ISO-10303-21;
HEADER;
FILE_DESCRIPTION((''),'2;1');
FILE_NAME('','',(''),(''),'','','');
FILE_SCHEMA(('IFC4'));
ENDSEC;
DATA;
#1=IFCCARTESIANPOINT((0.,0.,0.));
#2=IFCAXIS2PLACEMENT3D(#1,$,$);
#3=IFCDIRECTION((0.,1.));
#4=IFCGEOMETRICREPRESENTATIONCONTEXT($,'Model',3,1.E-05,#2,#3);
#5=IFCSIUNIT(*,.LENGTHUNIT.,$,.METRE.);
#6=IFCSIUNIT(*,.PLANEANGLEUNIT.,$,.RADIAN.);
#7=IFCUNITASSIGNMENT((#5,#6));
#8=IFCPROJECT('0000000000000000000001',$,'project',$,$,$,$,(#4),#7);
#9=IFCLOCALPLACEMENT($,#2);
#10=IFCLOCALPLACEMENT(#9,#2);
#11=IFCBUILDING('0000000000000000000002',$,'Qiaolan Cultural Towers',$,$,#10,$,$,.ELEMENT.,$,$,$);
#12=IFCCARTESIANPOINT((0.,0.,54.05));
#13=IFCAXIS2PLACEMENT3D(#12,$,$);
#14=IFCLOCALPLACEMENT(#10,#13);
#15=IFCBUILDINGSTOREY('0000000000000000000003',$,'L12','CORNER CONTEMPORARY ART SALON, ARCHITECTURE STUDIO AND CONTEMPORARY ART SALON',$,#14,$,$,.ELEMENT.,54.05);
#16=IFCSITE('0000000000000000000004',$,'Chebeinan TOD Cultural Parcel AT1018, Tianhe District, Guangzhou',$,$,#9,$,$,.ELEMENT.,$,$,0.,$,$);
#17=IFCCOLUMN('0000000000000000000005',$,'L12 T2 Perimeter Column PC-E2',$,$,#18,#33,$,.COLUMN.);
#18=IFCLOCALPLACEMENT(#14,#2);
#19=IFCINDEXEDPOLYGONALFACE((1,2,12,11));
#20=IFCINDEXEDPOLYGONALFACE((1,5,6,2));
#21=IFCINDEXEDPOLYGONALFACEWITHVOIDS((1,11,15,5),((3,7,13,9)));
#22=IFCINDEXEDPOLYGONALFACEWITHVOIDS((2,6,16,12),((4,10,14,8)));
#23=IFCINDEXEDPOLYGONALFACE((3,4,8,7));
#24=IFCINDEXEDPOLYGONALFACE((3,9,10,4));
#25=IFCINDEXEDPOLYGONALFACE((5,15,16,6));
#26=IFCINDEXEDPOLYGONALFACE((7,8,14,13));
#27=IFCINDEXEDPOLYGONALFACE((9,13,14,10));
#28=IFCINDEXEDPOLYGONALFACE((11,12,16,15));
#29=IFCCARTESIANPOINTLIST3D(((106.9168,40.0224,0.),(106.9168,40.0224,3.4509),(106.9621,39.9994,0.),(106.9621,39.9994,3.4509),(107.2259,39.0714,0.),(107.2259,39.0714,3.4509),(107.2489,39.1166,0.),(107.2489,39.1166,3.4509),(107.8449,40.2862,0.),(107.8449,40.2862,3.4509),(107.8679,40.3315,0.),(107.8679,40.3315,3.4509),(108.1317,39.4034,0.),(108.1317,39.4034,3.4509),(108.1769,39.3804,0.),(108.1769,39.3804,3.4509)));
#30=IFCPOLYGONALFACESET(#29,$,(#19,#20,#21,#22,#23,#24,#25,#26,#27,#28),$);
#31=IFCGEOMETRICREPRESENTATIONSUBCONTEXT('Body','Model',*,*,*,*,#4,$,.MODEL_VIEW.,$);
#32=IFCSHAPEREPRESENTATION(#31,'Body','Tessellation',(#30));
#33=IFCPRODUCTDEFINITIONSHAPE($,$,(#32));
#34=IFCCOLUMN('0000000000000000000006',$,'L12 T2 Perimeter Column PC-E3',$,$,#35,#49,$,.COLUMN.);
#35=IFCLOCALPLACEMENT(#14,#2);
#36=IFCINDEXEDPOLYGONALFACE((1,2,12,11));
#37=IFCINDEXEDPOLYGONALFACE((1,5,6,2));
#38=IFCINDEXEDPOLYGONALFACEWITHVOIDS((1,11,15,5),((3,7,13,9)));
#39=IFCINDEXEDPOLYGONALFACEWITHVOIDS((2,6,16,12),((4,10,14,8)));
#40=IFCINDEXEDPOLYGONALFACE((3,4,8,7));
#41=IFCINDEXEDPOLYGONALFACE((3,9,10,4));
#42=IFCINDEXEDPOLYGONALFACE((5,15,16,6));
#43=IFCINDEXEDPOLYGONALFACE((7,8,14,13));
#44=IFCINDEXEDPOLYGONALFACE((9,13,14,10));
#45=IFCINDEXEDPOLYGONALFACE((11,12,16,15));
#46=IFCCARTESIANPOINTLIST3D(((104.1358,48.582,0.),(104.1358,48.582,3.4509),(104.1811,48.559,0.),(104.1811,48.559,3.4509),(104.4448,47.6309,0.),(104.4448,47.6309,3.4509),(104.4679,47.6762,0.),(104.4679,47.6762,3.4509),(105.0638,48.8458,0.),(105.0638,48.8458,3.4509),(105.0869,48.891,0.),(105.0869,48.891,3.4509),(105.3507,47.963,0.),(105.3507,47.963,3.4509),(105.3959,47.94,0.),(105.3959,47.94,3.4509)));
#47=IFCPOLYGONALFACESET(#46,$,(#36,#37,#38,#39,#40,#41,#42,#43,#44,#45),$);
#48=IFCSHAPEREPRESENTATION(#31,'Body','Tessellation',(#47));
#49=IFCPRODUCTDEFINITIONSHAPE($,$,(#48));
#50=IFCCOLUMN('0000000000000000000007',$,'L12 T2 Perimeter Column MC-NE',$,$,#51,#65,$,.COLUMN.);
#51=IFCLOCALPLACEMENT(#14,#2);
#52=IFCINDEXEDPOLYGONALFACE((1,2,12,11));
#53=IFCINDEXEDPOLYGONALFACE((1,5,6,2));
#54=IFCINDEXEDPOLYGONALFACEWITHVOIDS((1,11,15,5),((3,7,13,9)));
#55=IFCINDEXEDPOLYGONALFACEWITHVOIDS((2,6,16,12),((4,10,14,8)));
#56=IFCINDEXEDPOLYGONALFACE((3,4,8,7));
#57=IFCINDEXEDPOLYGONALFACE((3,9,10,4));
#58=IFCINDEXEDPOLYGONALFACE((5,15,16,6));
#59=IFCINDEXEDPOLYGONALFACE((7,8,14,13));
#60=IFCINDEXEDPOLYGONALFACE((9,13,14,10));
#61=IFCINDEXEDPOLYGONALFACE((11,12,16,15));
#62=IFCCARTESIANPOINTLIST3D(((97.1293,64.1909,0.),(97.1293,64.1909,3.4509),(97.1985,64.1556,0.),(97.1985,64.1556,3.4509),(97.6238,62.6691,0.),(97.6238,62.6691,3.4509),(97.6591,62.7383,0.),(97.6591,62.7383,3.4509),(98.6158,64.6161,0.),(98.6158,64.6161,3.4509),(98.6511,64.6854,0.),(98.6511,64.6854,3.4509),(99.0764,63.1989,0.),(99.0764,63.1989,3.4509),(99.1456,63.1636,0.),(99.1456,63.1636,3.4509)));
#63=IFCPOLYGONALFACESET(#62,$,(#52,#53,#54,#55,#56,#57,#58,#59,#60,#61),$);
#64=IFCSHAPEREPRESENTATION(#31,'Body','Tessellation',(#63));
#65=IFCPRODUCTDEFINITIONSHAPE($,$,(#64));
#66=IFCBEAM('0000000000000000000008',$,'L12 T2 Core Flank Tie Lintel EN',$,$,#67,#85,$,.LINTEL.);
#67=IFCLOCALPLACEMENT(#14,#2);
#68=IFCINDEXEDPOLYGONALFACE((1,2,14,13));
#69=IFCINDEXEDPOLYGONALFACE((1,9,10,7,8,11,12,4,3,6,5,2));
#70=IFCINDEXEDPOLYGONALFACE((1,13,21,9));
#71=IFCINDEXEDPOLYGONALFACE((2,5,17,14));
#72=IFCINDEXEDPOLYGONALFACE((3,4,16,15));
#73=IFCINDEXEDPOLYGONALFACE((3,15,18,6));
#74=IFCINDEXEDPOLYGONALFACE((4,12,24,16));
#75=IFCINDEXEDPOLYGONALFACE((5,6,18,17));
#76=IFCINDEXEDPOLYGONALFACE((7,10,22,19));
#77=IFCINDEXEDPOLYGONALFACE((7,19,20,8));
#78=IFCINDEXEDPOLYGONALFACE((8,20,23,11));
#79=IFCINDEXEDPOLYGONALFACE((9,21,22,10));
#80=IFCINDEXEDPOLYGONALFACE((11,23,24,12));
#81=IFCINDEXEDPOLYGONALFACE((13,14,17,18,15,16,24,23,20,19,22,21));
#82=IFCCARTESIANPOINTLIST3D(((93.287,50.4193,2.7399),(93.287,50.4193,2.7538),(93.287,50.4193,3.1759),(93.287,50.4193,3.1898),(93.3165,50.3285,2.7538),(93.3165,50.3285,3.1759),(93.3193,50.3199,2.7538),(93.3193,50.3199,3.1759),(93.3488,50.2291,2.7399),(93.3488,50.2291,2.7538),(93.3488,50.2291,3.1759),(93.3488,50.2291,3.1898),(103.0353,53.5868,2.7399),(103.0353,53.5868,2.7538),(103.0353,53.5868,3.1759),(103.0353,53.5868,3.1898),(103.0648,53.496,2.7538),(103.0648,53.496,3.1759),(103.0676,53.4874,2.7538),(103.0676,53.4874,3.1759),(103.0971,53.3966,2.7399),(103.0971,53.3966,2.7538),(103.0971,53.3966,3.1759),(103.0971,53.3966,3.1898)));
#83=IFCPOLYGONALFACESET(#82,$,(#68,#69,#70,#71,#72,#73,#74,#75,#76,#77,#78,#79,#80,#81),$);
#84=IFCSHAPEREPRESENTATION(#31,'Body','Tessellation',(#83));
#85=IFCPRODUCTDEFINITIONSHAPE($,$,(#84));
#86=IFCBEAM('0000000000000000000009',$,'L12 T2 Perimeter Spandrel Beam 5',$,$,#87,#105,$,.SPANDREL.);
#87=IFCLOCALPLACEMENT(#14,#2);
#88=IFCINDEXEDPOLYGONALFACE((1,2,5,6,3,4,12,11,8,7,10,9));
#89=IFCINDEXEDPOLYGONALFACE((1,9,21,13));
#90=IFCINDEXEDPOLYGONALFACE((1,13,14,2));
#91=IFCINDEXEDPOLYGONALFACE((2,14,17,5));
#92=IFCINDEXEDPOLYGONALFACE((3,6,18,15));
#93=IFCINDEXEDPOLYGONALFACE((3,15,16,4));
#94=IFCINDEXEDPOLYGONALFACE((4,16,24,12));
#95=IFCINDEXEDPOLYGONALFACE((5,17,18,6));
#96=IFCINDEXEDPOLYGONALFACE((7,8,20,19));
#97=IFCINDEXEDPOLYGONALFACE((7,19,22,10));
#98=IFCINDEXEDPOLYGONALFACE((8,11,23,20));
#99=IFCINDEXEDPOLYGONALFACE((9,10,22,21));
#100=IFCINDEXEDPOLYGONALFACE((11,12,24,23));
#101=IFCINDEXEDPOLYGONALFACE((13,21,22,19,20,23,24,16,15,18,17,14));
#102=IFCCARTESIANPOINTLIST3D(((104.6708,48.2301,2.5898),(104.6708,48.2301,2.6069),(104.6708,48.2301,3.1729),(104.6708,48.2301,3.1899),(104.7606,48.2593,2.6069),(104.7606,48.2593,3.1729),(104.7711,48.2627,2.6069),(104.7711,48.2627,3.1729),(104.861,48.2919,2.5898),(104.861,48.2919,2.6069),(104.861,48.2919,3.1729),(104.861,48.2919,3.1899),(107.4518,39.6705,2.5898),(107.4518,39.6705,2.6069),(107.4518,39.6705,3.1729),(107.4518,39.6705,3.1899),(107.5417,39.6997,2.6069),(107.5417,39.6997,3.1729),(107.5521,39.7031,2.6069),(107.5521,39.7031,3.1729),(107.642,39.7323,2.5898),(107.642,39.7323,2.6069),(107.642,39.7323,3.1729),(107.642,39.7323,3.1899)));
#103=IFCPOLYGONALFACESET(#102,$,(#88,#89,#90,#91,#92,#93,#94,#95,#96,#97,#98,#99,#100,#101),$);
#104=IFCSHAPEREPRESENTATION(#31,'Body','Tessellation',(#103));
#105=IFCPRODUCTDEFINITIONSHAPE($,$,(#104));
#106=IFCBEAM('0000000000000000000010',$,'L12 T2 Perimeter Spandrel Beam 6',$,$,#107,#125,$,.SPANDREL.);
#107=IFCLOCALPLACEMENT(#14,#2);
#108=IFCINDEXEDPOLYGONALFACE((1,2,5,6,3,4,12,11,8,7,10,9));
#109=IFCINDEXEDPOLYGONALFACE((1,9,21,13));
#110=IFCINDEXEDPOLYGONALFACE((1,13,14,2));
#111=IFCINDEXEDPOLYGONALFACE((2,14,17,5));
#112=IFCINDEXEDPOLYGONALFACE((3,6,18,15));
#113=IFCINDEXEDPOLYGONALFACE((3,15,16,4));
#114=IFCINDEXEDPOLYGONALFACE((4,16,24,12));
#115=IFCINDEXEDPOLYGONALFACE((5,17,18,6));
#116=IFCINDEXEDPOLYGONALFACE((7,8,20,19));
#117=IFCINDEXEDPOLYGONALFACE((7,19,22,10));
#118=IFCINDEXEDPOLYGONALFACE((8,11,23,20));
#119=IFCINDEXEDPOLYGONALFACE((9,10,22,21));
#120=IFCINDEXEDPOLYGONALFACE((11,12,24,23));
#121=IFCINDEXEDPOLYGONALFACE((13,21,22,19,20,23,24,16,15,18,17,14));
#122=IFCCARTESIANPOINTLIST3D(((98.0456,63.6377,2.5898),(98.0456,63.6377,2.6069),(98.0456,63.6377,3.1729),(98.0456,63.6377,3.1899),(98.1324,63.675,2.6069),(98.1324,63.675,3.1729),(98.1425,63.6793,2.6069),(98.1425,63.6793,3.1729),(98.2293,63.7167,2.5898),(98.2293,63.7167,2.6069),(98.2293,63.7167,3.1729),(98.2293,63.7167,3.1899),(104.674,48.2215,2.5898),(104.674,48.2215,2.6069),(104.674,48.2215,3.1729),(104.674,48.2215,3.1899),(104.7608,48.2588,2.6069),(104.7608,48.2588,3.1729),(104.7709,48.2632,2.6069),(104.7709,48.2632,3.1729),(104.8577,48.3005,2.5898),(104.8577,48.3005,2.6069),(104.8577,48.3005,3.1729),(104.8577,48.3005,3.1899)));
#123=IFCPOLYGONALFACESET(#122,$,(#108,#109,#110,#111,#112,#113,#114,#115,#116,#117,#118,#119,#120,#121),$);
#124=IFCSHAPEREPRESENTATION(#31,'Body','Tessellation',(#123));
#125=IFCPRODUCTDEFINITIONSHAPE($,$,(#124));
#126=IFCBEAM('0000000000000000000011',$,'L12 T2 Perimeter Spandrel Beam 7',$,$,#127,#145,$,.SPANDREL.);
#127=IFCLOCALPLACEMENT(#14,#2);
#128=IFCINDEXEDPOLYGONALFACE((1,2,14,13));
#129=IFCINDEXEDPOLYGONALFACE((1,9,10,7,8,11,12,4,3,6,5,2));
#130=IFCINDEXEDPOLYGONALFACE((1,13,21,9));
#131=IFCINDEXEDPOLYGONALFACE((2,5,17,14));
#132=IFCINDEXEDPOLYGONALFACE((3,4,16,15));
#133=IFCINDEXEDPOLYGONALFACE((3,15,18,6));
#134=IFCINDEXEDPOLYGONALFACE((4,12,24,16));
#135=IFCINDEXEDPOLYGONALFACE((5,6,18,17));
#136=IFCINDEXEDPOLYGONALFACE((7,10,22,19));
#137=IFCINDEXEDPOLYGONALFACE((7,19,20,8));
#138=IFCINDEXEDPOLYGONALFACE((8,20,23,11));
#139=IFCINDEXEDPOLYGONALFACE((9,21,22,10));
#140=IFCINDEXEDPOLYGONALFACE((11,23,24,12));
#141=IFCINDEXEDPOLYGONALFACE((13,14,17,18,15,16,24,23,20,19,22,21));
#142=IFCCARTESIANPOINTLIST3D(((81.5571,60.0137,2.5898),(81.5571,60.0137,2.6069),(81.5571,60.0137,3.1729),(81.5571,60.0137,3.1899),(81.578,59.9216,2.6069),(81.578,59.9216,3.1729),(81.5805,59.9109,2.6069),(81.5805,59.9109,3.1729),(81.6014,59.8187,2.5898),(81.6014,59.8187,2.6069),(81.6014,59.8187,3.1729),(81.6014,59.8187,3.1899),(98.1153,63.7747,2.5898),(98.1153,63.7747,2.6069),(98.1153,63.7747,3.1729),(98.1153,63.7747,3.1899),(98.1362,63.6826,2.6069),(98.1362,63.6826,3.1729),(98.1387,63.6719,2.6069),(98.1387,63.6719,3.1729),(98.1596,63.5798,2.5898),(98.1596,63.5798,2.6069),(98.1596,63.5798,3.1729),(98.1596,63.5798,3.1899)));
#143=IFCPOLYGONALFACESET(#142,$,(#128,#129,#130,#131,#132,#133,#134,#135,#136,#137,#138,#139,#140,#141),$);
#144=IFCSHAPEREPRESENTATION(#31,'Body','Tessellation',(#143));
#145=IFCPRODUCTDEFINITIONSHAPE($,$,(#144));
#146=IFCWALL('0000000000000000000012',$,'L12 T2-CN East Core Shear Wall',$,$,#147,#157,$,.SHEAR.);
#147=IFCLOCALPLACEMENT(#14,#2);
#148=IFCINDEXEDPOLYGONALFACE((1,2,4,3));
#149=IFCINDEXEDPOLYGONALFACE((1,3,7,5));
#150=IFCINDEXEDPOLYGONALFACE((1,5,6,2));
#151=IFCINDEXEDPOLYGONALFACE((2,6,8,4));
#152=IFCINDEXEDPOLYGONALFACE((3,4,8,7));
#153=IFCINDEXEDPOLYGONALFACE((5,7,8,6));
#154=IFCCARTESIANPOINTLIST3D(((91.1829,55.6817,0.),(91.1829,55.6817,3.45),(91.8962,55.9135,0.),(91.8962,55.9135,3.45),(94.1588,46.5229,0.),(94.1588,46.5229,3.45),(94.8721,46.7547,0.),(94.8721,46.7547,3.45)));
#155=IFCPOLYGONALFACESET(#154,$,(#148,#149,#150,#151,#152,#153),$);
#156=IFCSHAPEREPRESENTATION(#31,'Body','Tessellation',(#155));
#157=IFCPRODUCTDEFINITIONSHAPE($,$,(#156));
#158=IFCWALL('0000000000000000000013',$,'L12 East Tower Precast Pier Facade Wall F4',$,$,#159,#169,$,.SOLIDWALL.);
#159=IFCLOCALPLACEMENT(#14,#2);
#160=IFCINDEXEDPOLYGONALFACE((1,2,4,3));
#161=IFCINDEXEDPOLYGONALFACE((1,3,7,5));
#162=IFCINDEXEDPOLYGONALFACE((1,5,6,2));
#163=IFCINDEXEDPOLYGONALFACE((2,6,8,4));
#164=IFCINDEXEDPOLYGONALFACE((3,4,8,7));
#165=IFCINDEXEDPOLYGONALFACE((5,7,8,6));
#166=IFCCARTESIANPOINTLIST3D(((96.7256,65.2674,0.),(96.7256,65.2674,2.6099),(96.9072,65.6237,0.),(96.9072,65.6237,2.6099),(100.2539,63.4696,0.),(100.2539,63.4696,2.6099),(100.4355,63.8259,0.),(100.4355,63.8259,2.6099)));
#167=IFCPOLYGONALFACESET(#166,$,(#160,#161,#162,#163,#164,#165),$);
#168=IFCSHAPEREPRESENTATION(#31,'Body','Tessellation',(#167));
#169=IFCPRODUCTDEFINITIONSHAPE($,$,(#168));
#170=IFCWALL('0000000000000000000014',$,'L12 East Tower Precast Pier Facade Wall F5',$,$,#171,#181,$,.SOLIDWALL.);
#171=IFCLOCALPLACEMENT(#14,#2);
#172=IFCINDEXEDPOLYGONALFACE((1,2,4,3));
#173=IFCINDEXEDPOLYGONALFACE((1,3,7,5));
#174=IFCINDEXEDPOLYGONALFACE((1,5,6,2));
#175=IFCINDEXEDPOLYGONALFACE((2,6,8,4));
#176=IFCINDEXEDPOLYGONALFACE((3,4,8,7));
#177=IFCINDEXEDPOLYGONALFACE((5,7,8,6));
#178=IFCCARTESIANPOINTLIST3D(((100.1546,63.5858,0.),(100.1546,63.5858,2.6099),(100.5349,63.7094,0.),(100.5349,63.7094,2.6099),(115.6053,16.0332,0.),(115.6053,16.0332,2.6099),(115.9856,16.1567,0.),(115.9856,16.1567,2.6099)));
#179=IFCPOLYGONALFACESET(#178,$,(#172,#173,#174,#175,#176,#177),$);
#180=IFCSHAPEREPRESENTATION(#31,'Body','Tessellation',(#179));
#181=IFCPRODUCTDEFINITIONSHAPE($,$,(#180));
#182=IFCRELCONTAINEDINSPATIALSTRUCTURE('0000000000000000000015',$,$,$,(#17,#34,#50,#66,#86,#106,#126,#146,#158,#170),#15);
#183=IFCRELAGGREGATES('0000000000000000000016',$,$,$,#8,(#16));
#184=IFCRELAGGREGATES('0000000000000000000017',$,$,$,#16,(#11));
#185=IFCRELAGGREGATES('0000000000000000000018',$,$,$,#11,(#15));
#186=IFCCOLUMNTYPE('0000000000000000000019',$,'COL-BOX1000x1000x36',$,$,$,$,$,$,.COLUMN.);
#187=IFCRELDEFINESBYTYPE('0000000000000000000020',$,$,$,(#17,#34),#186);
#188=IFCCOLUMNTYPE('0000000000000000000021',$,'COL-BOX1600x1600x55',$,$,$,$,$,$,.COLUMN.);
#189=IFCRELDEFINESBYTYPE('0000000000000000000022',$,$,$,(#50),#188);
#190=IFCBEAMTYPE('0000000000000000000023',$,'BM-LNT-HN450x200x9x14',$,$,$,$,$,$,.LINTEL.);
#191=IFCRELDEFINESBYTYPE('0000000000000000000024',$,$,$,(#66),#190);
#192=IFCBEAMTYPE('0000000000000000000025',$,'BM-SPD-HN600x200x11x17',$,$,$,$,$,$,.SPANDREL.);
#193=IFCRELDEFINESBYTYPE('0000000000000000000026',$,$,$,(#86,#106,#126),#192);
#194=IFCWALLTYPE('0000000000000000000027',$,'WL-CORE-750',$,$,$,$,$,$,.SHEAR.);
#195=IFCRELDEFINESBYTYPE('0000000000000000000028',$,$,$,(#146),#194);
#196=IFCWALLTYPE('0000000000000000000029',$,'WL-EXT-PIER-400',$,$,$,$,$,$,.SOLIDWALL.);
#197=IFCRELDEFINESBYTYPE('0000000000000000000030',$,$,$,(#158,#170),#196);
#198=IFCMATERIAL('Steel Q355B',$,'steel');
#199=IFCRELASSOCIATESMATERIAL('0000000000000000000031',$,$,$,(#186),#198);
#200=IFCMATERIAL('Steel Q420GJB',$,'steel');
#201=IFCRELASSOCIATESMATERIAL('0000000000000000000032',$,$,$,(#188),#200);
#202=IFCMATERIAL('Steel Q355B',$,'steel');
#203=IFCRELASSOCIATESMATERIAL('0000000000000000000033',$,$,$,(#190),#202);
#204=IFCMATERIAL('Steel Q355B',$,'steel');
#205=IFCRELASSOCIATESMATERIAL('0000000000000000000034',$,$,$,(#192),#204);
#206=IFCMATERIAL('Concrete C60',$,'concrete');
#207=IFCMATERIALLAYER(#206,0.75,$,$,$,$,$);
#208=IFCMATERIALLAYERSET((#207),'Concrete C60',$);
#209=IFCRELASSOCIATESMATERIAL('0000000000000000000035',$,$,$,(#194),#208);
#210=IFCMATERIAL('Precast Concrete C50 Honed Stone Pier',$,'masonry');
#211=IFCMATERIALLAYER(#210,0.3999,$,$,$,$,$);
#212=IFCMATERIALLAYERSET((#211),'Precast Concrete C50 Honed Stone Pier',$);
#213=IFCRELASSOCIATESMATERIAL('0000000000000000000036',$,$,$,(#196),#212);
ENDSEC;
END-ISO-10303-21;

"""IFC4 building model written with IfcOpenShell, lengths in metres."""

from ifc_helpers import new_model, si_unit, direction, frame, frame_2d, origin, origin_2d, place, context, subcontext, project, spatial, rectangle, hollow_rectangle, i_section, extrude, material, layer, layer_set, material_profile, profile_set, type_object, element, save


model = new_model("IFC4")

# Units and contexts
model_context = context("Model", 3, precision=1e-05, world=origin(), true_north=direction((0.0, 1.0)))
body_context = subcontext(model_context, "Body", "Model", "MODEL_VIEW")
ifc_project = project(units=[si_unit("LENGTHUNIT", "METRE"), si_unit("PLANEANGLEUNIT", "RADIAN")], contexts=[model_context])

# Site, building, storey
site_placement = place(None, origin())
site = spatial("IfcSite", under=ifc_project, at=site_placement, Name="Chebeinan TOD Cultural Parcel AT1018, Tianhe District, Guangzhou", CompositionType="ELEMENT", RefElevation=0.0)
building_placement = place(site_placement, origin())
building = spatial("IfcBuilding", under=site, at=building_placement, Name="Qiaolan Cultural Towers", CompositionType="ELEMENT")
storey_placement = place(building_placement, frame((0.0, 0.0, 54.05)))
storey = spatial("IfcBuildingStorey", under=building, at=storey_placement, Name="L12", Description="CORNER CONTEMPORARY ART SALON, ARCHITECTURE STUDIO AND CONTEMPORARY ART SALON", CompositionType="ELEMENT", Elevation=54.05)

# Columns
ifc_material_1 = material(Name="Steel Q355B", Category="steel")
ifc_material_profile_1 = material_profile(ifc_material_1, hollow_rectangle(XDim=1.0, YDim=1.0, WallThickness=0.0359, at=origin_2d()), Name="BOX1000x1000x36")
ifc_profile_set_1 = profile_set([ifc_material_profile_1], Name="Steel Q355B")
column_type_1 = type_object("IfcColumnType", Name="COL-BOX1000x1000x36", PredefinedType="COLUMN", material=ifc_profile_set_1)
for number, where, z_axis, x_axis, name in (
    (1, (107.5469, 39.7014, 0.0), (0.0, 0.0, 1.0), (0.951057, 0.309017, 0.0), "L12 T2 Perimeter Column PC-E2"),
    (2, (104.7659, 48.261, 0.0), (0.0, 0.0, 1.0), (0.951057, 0.309017, 0.0), "L12 T2 Perimeter Column PC-E3"),
):
    element("IfcColumn", number, at=place(storey_placement, frame(where, z_axis=z_axis, x_axis=x_axis)), inside=storey, type_object=column_type_1, Name=name, PredefinedType="COLUMN", context=body_context, shape_type="SweptSolid", body=[
        extrude(hollow_rectangle(XDim=1.0, YDim=1.0, WallThickness=0.0359, at=origin_2d()), origin(), (0.0, 0.0, 1.0), 3.4509),
    ])
ifc_material_2 = material(Name="Steel Q420GJB", Category="steel")
ifc_material_profile_2 = material_profile(ifc_material_2, hollow_rectangle(XDim=1.6001, YDim=1.6001, WallThickness=0.0549, at=origin_2d()), Name="BOX1600x1600x55")
ifc_profile_set_2 = profile_set([ifc_material_profile_2], Name="Steel Q420GJB")
column_type_2 = type_object("IfcColumnType", Name="COL-BOX1600x1600x55", PredefinedType="COLUMN", material=ifc_profile_set_2)
column_placement = place(storey_placement, frame((98.1375, 63.6772, 0.0), z_axis=(0.0, 0.0, 1.0), x_axis=(0.951057, 0.309017, 0.0)))
element("IfcColumn", 3, at=column_placement, inside=storey, type_object=column_type_2, Name="L12 T2 Perimeter Column MC-NE", PredefinedType="COLUMN", context=body_context, shape_type="SweptSolid", body=[
    extrude(hollow_rectangle(XDim=1.6001, YDim=1.6001, WallThickness=0.0549, at=origin_2d()), origin(), (0.0, 0.0, 1.0), 3.4509),
])

# Beams
ifc_material_3 = material(Name="Steel Q355B", Category="steel")
ifc_material_profile_3 = material_profile(ifc_material_3, i_section(OverallWidth=0.2, OverallDepth=0.45, WebThickness=0.009, FlangeThickness=0.0139, at=origin_2d()), Name="HN450x200x9x14")
ifc_profile_set_3 = profile_set([ifc_material_profile_3], Name="Steel Q355B")
beam_type_1 = type_object("IfcBeamType", Name="BM-LNT-HN450x200x9x14", PredefinedType="LINTEL", material=ifc_profile_set_3)
beam_1_placement = place(storey_placement, frame((93.3179, 50.3242, 2.9648), z_axis=(0.951055, 0.309023, 0.0), x_axis=(-0.309023, 0.951055, 0.0)))
element("IfcBeam", 4, at=beam_1_placement, inside=storey, type_object=beam_type_1, Name="L12 T2 Core Flank Tie Lintel EN", PredefinedType="LINTEL", context=body_context, shape_type="SweptSolid", body=[
    extrude(i_section(OverallWidth=0.2, OverallDepth=0.45, WebThickness=0.009, FlangeThickness=0.0139, at=origin_2d()), origin(), (0.0, 0.0, 1.0), 10.25),
])
ifc_material_4 = material(Name="Steel Q355B", Category="steel")
ifc_material_profile_4 = material_profile(ifc_material_4, i_section(OverallWidth=0.2, OverallDepth=0.6001, WebThickness=0.011, FlangeThickness=0.0171, at=origin_2d()), Name="HN600x200x11x17")
ifc_profile_set_4 = profile_set([ifc_material_profile_4], Name="Steel Q355B")
beam_type_2 = type_object("IfcBeamType", Name="BM-SPD-HN600x200x11x17", PredefinedType="SPANDREL", material=ifc_profile_set_4)
beam_2_placement = place(storey_placement, frame((107.5469, 39.7014, 2.8899), z_axis=(-0.309, 0.951062, 0.0), x_axis=(-0.951062, -0.309, 0.0)))
element("IfcBeam", 5, at=beam_2_placement, inside=storey, type_object=beam_type_2, Name="L12 T2 Perimeter Spandrel Beam 5", PredefinedType="SPANDREL", context=body_context, shape_type="SweptSolid", body=[
    extrude(i_section(OverallWidth=0.2, OverallDepth=0.6001, WebThickness=0.011, FlangeThickness=0.0171, at=origin_2d()), origin(), (0.0, 0.0, 1.0), 9.0),
])
beam_3_placement = place(storey_placement, frame((104.7659, 48.261, 2.8899), z_axis=(-0.394999, 0.918682, 0.0), x_axis=(-0.918682, -0.394999, 0.0)))
element("IfcBeam", 6, at=beam_3_placement, inside=storey, type_object=beam_type_2, Name="L12 T2 Perimeter Spandrel Beam 6", PredefinedType="SPANDREL", context=body_context, shape_type="SweptSolid", body=[
    extrude(i_section(OverallWidth=0.2, OverallDepth=0.6001, WebThickness=0.011, FlangeThickness=0.0171, at=origin_2d()), origin(), (0.0, 0.0, 1.0), 16.7808),
])
beam_4_placement = place(storey_placement, frame((98.1375, 63.6772, 2.8899), z_axis=(-0.975161, -0.221497, 0.0), x_axis=(0.221497, -0.975161, 0.0)))
element("IfcBeam", 7, at=beam_4_placement, inside=storey, type_object=beam_type_2, Name="L12 T2 Perimeter Spandrel Beam 7", PredefinedType="SPANDREL", context=body_context, shape_type="SweptSolid", body=[
    extrude(i_section(OverallWidth=0.2, OverallDepth=0.6001, WebThickness=0.011, FlangeThickness=0.0171, at=origin_2d()), origin(), (0.0, 0.0, 1.0), 16.98),
])

# Walls
ifc_material_5 = material(Name="Concrete C60", Category="concrete")
ifc_layer_1 = layer(ifc_material_5, 0.75)
ifc_layer_set_1 = layer_set([ifc_layer_1], Name="Concrete C60")
wall_type_1 = type_object("IfcWallType", Name="WL-CORE-750", PredefinedType="SHEAR", material=ifc_layer_set_1)
wall_1_placement = place(storey_placement, frame((94.5154, 46.6389, 0.0), z_axis=(0.0, 0.0, 1.0), x_axis=(-0.309016, 0.951057, 0.0)))
element("IfcWall", 8, at=wall_1_placement, inside=storey, type_object=wall_type_1, Name="L12 T2-CN East Core Shear Wall", PredefinedType="SHEAR", context=body_context, shape_type="SweptSolid", body=[
    extrude(rectangle(XDim=9.6301, YDim=0.75, at=frame_2d((4.8149, 0.0))), origin(), (0.0, 0.0, 1.0), 3.45),
])
ifc_material_6 = material(Name="Precast Concrete C50 Honed Stone Pier", Category="masonry")
ifc_layer_2 = layer(ifc_material_6, 0.3999)
ifc_layer_set_2 = layer_set([ifc_layer_2], Name="Precast Concrete C50 Honed Stone Pier")
wall_type_2 = type_object("IfcWallType", Name="WL-EXT-PIER-400", PredefinedType="SOLIDWALL", material=ifc_layer_set_2)
wall_2_placement = place(storey_placement, frame((96.8164, 65.4456, 0.0), z_axis=(0.0, 0.0, 1.0), x_axis=(0.890998, -0.454007, 0.0)))
element("IfcWall", 9, at=wall_2_placement, inside=storey, type_object=wall_type_2, Name="L12 East Tower Precast Pier Facade Wall F4", PredefinedType="SOLIDWALL", context=body_context, shape_type="SweptSolid", body=[
    extrude(rectangle(XDim=3.96, YDim=0.3999, at=frame_2d((1.98, 0.0))), origin(), (0.0, 0.0, 1.0), 2.6099),
])
wall_3_placement = place(storey_placement, frame((100.3447, 63.6477, 0.0), z_axis=(0.0, 0.0, 1.0), x_axis=(0.309015, -0.951057, 0.0)))
element("IfcWall", 10, at=wall_3_placement, inside=storey, type_object=wall_type_2, Name="L12 East Tower Precast Pier Facade Wall F5", PredefinedType="SOLIDWALL", context=body_context, shape_type="SweptSolid", body=[
    extrude(rectangle(XDim=49.9998, YDim=0.3999, at=frame_2d((25.0, 0.0))), origin(), (0.0, 0.0, 1.0), 2.6099),
])

save(model, "model.ifc")
